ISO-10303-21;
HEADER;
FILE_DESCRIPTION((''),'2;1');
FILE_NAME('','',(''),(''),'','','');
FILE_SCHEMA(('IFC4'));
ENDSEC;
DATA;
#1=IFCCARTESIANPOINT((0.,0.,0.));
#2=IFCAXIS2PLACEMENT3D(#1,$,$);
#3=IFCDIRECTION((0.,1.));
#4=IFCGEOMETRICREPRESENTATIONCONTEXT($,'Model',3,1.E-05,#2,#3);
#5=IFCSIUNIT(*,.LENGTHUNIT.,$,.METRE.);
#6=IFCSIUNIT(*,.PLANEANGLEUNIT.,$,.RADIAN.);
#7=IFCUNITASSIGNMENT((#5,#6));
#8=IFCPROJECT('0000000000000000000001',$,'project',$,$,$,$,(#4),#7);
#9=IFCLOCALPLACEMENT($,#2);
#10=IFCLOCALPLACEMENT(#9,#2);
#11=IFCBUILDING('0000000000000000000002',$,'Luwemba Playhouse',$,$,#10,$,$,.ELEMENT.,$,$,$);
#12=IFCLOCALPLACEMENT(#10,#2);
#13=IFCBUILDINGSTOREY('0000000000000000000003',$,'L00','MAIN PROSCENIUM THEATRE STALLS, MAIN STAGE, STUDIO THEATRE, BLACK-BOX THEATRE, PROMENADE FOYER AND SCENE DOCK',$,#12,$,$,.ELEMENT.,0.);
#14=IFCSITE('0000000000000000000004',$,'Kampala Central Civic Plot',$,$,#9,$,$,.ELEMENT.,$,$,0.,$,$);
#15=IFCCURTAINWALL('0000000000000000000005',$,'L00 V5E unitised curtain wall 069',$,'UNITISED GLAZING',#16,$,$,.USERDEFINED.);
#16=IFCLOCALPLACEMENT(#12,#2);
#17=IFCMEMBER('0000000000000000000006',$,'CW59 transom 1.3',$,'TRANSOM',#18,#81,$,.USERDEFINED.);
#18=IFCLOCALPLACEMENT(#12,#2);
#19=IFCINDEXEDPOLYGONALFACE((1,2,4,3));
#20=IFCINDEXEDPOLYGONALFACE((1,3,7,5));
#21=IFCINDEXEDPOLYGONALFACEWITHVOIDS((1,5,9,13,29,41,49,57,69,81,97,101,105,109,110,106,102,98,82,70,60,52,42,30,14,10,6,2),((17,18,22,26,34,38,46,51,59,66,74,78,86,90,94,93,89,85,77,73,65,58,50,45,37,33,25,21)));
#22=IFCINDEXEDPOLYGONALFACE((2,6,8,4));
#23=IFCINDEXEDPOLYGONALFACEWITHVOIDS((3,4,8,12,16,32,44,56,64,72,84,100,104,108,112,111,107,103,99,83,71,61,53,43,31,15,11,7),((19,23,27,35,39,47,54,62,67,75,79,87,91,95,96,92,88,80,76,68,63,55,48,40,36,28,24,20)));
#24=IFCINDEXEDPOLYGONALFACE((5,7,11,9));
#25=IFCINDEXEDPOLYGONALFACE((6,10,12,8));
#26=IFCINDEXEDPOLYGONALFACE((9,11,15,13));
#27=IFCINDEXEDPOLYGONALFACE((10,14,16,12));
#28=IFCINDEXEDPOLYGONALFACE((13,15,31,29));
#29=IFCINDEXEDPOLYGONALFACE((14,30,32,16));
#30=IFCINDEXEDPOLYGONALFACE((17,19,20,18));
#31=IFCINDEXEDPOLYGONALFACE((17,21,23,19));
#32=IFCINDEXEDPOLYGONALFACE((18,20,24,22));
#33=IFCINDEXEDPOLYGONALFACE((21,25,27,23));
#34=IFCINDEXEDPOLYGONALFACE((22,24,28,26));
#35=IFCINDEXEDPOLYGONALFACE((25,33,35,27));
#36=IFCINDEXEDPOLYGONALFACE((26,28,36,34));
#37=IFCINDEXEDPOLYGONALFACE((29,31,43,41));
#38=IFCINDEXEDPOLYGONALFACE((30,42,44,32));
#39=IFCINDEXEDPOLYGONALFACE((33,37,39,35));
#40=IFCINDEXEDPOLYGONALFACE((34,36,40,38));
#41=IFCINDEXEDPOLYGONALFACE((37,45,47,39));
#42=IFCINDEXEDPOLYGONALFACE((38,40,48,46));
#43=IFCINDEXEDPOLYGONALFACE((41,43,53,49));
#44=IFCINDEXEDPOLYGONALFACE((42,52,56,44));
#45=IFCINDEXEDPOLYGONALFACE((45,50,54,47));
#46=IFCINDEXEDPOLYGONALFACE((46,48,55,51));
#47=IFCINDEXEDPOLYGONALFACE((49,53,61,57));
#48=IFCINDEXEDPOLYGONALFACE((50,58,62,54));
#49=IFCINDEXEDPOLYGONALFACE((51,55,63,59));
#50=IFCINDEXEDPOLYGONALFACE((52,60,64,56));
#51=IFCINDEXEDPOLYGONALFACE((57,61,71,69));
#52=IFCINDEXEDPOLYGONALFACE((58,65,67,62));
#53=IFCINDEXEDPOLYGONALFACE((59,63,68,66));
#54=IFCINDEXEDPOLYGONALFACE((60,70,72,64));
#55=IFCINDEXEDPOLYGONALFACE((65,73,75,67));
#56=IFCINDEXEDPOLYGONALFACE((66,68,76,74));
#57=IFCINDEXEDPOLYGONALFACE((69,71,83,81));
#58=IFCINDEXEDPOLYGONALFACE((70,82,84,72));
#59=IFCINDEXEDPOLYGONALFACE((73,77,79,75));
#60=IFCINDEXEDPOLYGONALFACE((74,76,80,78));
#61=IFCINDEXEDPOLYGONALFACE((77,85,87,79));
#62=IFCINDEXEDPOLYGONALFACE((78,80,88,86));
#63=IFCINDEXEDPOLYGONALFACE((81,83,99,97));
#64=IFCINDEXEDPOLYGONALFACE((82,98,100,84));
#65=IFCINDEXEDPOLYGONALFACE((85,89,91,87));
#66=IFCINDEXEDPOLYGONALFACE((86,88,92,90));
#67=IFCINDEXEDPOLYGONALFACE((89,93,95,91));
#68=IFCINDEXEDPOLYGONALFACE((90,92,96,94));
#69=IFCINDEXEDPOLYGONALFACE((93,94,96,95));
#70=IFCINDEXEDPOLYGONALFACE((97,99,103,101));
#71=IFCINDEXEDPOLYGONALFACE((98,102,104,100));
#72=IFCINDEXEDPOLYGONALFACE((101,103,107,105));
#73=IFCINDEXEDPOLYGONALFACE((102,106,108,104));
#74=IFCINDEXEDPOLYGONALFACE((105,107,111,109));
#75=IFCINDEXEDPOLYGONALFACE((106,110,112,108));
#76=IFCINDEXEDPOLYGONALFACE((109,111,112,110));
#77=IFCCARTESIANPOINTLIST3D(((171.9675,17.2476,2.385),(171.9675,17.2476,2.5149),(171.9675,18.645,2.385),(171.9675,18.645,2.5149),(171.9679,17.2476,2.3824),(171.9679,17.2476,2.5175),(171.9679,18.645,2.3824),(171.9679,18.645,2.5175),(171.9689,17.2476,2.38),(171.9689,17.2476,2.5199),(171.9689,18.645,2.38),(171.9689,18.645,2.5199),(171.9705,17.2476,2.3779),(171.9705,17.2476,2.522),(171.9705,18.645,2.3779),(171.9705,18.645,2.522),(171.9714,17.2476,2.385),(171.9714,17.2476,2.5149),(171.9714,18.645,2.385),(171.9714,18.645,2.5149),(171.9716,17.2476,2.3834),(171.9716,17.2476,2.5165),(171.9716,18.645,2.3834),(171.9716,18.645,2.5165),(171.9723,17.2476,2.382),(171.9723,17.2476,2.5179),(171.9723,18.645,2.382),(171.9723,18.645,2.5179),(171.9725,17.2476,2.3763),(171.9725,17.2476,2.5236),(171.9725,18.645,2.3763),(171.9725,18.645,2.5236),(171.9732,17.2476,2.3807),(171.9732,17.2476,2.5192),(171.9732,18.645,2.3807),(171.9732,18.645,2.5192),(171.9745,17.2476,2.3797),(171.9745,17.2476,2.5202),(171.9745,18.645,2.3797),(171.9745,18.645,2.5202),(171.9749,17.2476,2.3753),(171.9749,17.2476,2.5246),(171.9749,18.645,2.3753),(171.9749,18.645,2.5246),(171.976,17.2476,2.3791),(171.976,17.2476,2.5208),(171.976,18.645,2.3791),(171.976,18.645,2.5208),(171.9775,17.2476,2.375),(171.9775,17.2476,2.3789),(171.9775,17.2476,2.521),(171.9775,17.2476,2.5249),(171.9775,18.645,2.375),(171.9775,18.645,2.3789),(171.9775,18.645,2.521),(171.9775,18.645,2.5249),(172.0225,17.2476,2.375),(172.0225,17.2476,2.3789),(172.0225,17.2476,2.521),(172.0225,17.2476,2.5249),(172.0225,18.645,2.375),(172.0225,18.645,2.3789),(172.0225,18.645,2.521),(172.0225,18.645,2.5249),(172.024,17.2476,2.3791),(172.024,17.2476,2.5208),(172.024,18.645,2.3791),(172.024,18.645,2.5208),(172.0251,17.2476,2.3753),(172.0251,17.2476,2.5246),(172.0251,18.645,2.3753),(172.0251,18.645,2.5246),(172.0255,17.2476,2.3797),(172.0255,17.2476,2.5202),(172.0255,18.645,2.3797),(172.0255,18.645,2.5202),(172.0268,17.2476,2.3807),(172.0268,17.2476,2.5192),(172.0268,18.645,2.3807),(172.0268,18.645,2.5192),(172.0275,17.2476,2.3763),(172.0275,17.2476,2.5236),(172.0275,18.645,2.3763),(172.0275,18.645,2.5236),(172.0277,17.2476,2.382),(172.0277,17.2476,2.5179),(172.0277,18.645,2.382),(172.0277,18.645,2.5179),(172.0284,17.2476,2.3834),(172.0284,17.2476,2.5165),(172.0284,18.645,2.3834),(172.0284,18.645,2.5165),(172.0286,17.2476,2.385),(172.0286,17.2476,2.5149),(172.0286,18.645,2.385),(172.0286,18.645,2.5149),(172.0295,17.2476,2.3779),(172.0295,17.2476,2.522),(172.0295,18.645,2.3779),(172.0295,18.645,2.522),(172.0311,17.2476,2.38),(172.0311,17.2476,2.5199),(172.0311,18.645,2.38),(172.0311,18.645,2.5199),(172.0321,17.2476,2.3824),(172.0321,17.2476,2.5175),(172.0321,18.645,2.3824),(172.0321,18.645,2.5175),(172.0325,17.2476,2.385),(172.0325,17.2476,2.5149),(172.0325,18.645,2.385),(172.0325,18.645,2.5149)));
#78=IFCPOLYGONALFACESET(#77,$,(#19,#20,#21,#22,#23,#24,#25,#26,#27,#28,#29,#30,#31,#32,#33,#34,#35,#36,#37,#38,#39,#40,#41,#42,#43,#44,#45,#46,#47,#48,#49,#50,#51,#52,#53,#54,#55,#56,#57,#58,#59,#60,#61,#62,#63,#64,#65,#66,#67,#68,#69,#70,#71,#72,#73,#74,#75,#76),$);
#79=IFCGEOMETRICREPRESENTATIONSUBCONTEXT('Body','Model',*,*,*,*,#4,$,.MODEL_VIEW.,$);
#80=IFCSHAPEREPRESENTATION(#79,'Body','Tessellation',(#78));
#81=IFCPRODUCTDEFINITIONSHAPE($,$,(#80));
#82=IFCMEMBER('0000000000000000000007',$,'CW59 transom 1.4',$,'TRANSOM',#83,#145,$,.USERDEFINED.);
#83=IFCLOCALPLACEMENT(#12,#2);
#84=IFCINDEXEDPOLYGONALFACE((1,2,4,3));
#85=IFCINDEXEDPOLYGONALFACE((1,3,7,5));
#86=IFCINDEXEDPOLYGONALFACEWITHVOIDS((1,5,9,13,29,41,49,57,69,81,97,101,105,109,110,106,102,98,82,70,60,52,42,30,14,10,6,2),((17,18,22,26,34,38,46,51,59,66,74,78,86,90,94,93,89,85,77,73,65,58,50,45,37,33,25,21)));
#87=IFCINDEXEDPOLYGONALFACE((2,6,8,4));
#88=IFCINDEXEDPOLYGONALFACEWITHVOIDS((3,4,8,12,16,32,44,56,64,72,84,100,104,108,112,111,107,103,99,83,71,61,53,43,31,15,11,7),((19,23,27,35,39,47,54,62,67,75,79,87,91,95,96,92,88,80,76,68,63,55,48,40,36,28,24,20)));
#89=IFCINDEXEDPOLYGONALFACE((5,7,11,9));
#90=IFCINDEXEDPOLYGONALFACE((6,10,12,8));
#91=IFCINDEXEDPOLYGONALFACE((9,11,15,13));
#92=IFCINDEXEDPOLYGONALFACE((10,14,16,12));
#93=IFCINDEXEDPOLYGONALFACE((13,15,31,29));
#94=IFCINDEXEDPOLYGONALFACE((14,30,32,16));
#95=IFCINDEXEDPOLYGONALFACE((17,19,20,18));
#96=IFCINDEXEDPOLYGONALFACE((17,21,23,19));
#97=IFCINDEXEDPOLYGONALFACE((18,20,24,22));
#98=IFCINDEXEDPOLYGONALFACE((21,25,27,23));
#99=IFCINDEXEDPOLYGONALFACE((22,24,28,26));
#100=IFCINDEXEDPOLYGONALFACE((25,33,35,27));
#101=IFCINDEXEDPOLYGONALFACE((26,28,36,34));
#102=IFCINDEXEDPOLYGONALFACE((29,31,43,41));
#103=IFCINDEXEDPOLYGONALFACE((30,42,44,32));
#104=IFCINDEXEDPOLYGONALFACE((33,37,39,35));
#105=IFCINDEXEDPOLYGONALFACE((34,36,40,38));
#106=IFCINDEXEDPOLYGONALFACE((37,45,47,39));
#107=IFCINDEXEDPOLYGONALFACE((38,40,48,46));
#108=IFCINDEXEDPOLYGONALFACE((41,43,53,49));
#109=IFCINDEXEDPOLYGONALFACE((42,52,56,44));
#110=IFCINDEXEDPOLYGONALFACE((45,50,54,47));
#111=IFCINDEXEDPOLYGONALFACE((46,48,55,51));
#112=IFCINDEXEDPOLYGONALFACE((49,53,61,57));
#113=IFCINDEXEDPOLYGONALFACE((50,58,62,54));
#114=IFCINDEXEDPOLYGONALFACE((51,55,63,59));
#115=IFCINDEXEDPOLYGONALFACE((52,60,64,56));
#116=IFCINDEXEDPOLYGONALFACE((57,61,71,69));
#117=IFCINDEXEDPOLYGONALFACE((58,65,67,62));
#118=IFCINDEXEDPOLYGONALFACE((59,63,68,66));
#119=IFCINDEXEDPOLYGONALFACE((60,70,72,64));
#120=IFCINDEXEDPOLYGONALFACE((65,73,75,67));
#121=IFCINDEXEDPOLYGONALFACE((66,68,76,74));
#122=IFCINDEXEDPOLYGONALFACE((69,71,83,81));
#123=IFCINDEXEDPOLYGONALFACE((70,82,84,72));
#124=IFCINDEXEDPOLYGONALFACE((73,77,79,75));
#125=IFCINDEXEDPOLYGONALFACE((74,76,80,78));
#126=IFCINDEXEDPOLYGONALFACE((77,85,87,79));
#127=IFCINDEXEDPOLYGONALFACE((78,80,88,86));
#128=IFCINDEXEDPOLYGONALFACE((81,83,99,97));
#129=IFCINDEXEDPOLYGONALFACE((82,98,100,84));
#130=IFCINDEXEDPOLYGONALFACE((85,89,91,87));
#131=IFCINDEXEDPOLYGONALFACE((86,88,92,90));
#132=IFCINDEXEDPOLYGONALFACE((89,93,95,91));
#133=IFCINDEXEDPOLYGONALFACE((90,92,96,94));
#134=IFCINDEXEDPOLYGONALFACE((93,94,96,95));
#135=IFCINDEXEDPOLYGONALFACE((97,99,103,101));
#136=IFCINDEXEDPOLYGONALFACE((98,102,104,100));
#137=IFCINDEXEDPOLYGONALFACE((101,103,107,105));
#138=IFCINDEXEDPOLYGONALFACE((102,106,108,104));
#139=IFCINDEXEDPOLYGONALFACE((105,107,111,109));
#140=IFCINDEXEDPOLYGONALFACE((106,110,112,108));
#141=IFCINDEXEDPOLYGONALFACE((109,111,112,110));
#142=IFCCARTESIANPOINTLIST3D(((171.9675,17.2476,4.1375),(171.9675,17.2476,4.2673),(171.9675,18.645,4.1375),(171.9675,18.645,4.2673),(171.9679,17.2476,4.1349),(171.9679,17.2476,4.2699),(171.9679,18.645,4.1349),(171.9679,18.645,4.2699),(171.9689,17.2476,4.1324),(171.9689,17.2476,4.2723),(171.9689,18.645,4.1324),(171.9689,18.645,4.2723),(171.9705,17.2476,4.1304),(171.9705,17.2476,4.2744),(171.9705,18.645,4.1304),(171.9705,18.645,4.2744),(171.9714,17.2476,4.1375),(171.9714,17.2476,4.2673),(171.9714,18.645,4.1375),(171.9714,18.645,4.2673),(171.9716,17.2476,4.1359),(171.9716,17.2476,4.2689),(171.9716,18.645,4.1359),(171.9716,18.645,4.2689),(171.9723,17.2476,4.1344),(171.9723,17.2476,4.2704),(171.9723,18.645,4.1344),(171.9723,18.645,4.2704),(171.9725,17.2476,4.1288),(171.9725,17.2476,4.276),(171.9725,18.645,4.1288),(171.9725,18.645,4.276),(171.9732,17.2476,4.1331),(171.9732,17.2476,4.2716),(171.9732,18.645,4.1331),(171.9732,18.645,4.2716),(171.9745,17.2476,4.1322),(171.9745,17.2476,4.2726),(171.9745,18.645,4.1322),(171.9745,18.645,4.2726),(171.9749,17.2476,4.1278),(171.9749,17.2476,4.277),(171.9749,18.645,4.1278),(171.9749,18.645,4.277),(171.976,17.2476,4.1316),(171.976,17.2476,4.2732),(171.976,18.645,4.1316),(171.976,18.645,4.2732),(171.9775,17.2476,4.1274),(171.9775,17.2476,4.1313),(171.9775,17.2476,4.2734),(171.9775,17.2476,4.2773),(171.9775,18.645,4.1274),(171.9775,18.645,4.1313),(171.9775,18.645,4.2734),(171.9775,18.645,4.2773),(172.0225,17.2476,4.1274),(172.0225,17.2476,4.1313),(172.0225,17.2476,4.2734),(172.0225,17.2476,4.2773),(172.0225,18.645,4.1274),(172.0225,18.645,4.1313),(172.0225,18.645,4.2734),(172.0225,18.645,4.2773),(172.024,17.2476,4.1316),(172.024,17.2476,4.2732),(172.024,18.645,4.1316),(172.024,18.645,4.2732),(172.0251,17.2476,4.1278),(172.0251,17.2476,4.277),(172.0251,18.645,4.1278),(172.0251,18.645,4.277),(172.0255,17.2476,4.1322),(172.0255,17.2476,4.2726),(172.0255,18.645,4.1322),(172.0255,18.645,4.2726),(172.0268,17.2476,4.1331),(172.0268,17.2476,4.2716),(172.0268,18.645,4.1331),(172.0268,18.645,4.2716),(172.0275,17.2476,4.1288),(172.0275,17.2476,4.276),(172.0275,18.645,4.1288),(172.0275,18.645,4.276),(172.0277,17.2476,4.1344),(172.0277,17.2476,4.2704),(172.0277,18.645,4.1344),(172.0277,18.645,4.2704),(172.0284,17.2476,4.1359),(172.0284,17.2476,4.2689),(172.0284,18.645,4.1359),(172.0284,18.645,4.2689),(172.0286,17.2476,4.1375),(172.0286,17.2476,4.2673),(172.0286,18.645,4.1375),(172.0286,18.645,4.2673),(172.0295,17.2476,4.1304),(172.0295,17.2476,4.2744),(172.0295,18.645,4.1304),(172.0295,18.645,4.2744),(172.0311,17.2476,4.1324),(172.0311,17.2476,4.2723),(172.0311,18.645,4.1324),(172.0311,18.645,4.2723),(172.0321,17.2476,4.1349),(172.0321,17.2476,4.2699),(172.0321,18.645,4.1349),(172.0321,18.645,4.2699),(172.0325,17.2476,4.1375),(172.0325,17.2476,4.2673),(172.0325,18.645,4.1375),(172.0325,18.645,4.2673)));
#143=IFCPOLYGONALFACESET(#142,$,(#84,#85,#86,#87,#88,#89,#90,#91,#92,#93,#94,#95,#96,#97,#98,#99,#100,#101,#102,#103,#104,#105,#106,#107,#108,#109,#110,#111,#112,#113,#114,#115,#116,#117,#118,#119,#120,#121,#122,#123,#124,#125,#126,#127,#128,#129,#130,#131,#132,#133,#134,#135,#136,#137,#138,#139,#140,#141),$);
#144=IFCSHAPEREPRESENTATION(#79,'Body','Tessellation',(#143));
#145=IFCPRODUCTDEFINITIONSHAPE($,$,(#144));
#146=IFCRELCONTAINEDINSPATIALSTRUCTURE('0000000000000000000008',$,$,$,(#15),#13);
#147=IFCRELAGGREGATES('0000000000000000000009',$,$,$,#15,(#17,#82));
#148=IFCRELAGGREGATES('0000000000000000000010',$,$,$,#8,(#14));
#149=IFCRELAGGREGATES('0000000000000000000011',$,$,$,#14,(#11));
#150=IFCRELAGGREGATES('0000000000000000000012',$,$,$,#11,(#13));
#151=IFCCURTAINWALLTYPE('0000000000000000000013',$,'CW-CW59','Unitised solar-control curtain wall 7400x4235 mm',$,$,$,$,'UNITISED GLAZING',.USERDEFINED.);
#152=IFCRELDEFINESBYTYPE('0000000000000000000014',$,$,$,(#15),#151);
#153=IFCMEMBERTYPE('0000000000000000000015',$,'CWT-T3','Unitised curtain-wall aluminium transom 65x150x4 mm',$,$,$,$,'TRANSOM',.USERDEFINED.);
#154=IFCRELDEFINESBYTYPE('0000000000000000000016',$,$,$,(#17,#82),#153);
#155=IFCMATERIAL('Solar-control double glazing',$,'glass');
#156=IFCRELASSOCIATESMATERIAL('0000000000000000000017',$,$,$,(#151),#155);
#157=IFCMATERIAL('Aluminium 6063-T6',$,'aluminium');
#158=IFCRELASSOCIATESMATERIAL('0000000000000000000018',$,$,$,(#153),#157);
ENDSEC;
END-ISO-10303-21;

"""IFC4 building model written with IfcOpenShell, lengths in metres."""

from ifc_helpers import new_model, si_unit, direction, frame, origin, origin_2d, place, context, subcontext, project, spatial, hollow_rectangle, extrude, material, material_profile, profile_set, type_object, element, aggregate, save


model = new_model("IFC4")

# Units and contexts
model_context = context("Model", 3, precision=1e-05, world=origin(), true_north=direction((0.0, 1.0)))
body_context = subcontext(model_context, "Body", "Model", "MODEL_VIEW")
ifc_project = project(units=[si_unit("LENGTHUNIT", "METRE"), si_unit("PLANEANGLEUNIT", "RADIAN")], contexts=[model_context])

# Site, building, storey
site_placement = place(None, origin())
site = spatial("IfcSite", under=ifc_project, at=site_placement, Name="Kampala Central Civic Plot", CompositionType="ELEMENT", RefElevation=0.0)
building_placement = place(site_placement, origin())
building = spatial("IfcBuilding", under=site, at=building_placement, Name="Luwemba Playhouse", CompositionType="ELEMENT")
storey_placement = place(building_placement, origin())
storey = spatial("IfcBuildingStorey", under=building, at=storey_placement, Name="L00", Description="MAIN PROSCENIUM THEATRE STALLS, MAIN STAGE, STUDIO THEATRE, BLACK-BOX THEATRE, PROMENADE FOYER AND SCENE DOCK", CompositionType="ELEMENT", Elevation=0.0)

# Curtain wall
ifc_material_1 = material(Name="Solar-control double glazing", Category="glass")
ifc_material_2 = material(Name="Aluminium 6063-T6", Category="aluminium")
curtain_wall_type_1 = type_object("IfcCurtainWallType", Name="CW-CW59", Description="Unitised solar-control curtain wall 7400x4235 mm", ElementType="UNITISED GLAZING", PredefinedType="USERDEFINED", material=ifc_material_1)
curtain_wall_1_placement = place(storey_placement, origin())
curtain_wall_1 = element("IfcCurtainWall", 1, at=curtain_wall_1_placement, inside=storey, type_object=curtain_wall_type_1, Name="L00 V5E unitised curtain wall 069", ObjectType="UNITISED GLAZING", PredefinedType="USERDEFINED")

# Members
ifc_material_profile_1 = material_profile(ifc_material_2, hollow_rectangle(XDim=0.0649, YDim=0.1499, WallThickness=0.0039, InnerFilletRadius=0.0061, OuterFilletRadius=0.01, at=origin_2d()))
ifc_profile_set_1 = profile_set([ifc_material_profile_1], Name="Aluminium 6063-T6")
member_type_1 = type_object("IfcMemberType", Name="CWT-T3", Description="Unitised curtain-wall aluminium transom 65x150x4 mm", ElementType="TRANSOM", PredefinedType="USERDEFINED", material=ifc_profile_set_1)
member_1_placement = place(storey_placement, frame((172.0, 18.645, 2.45), z_axis=(0.0, -1.0, 0.0), x_axis=(1.0, 0.0, 0.0)))
member_1 = element("IfcMember", 2, at=member_1_placement, type_object=member_type_1, Name="CW59 transom 1.3", ObjectType="TRANSOM", PredefinedType="USERDEFINED", context=body_context, shape_type="SweptSolid", body=[
    extrude(hollow_rectangle(XDim=0.0649, YDim=0.1499, WallThickness=0.0039, InnerFilletRadius=0.0061, OuterFilletRadius=0.01, at=origin_2d()), origin(), (0.0, 0.0, 1.0), 1.3975),
])
member_2_placement = place(storey_placement, frame((172.0, 18.645, 4.2024), z_axis=(0.0, -1.0, 0.0), x_axis=(1.0, 0.0, 0.0)))
member_2 = element("IfcMember", 3, at=member_2_placement, type_object=member_type_1, Name="CW59 transom 1.4", ObjectType="TRANSOM", PredefinedType="USERDEFINED", context=body_context, shape_type="SweptSolid", body=[
    extrude(hollow_rectangle(XDim=0.0649, YDim=0.1499, WallThickness=0.0039, InnerFilletRadius=0.0061, OuterFilletRadius=0.01, at=origin_2d()), origin(), (0.0, 0.0, 1.0), 1.3975),
])

aggregate(curtain_wall_1, [member_1, member_2])

save(model, "model.ifc")
